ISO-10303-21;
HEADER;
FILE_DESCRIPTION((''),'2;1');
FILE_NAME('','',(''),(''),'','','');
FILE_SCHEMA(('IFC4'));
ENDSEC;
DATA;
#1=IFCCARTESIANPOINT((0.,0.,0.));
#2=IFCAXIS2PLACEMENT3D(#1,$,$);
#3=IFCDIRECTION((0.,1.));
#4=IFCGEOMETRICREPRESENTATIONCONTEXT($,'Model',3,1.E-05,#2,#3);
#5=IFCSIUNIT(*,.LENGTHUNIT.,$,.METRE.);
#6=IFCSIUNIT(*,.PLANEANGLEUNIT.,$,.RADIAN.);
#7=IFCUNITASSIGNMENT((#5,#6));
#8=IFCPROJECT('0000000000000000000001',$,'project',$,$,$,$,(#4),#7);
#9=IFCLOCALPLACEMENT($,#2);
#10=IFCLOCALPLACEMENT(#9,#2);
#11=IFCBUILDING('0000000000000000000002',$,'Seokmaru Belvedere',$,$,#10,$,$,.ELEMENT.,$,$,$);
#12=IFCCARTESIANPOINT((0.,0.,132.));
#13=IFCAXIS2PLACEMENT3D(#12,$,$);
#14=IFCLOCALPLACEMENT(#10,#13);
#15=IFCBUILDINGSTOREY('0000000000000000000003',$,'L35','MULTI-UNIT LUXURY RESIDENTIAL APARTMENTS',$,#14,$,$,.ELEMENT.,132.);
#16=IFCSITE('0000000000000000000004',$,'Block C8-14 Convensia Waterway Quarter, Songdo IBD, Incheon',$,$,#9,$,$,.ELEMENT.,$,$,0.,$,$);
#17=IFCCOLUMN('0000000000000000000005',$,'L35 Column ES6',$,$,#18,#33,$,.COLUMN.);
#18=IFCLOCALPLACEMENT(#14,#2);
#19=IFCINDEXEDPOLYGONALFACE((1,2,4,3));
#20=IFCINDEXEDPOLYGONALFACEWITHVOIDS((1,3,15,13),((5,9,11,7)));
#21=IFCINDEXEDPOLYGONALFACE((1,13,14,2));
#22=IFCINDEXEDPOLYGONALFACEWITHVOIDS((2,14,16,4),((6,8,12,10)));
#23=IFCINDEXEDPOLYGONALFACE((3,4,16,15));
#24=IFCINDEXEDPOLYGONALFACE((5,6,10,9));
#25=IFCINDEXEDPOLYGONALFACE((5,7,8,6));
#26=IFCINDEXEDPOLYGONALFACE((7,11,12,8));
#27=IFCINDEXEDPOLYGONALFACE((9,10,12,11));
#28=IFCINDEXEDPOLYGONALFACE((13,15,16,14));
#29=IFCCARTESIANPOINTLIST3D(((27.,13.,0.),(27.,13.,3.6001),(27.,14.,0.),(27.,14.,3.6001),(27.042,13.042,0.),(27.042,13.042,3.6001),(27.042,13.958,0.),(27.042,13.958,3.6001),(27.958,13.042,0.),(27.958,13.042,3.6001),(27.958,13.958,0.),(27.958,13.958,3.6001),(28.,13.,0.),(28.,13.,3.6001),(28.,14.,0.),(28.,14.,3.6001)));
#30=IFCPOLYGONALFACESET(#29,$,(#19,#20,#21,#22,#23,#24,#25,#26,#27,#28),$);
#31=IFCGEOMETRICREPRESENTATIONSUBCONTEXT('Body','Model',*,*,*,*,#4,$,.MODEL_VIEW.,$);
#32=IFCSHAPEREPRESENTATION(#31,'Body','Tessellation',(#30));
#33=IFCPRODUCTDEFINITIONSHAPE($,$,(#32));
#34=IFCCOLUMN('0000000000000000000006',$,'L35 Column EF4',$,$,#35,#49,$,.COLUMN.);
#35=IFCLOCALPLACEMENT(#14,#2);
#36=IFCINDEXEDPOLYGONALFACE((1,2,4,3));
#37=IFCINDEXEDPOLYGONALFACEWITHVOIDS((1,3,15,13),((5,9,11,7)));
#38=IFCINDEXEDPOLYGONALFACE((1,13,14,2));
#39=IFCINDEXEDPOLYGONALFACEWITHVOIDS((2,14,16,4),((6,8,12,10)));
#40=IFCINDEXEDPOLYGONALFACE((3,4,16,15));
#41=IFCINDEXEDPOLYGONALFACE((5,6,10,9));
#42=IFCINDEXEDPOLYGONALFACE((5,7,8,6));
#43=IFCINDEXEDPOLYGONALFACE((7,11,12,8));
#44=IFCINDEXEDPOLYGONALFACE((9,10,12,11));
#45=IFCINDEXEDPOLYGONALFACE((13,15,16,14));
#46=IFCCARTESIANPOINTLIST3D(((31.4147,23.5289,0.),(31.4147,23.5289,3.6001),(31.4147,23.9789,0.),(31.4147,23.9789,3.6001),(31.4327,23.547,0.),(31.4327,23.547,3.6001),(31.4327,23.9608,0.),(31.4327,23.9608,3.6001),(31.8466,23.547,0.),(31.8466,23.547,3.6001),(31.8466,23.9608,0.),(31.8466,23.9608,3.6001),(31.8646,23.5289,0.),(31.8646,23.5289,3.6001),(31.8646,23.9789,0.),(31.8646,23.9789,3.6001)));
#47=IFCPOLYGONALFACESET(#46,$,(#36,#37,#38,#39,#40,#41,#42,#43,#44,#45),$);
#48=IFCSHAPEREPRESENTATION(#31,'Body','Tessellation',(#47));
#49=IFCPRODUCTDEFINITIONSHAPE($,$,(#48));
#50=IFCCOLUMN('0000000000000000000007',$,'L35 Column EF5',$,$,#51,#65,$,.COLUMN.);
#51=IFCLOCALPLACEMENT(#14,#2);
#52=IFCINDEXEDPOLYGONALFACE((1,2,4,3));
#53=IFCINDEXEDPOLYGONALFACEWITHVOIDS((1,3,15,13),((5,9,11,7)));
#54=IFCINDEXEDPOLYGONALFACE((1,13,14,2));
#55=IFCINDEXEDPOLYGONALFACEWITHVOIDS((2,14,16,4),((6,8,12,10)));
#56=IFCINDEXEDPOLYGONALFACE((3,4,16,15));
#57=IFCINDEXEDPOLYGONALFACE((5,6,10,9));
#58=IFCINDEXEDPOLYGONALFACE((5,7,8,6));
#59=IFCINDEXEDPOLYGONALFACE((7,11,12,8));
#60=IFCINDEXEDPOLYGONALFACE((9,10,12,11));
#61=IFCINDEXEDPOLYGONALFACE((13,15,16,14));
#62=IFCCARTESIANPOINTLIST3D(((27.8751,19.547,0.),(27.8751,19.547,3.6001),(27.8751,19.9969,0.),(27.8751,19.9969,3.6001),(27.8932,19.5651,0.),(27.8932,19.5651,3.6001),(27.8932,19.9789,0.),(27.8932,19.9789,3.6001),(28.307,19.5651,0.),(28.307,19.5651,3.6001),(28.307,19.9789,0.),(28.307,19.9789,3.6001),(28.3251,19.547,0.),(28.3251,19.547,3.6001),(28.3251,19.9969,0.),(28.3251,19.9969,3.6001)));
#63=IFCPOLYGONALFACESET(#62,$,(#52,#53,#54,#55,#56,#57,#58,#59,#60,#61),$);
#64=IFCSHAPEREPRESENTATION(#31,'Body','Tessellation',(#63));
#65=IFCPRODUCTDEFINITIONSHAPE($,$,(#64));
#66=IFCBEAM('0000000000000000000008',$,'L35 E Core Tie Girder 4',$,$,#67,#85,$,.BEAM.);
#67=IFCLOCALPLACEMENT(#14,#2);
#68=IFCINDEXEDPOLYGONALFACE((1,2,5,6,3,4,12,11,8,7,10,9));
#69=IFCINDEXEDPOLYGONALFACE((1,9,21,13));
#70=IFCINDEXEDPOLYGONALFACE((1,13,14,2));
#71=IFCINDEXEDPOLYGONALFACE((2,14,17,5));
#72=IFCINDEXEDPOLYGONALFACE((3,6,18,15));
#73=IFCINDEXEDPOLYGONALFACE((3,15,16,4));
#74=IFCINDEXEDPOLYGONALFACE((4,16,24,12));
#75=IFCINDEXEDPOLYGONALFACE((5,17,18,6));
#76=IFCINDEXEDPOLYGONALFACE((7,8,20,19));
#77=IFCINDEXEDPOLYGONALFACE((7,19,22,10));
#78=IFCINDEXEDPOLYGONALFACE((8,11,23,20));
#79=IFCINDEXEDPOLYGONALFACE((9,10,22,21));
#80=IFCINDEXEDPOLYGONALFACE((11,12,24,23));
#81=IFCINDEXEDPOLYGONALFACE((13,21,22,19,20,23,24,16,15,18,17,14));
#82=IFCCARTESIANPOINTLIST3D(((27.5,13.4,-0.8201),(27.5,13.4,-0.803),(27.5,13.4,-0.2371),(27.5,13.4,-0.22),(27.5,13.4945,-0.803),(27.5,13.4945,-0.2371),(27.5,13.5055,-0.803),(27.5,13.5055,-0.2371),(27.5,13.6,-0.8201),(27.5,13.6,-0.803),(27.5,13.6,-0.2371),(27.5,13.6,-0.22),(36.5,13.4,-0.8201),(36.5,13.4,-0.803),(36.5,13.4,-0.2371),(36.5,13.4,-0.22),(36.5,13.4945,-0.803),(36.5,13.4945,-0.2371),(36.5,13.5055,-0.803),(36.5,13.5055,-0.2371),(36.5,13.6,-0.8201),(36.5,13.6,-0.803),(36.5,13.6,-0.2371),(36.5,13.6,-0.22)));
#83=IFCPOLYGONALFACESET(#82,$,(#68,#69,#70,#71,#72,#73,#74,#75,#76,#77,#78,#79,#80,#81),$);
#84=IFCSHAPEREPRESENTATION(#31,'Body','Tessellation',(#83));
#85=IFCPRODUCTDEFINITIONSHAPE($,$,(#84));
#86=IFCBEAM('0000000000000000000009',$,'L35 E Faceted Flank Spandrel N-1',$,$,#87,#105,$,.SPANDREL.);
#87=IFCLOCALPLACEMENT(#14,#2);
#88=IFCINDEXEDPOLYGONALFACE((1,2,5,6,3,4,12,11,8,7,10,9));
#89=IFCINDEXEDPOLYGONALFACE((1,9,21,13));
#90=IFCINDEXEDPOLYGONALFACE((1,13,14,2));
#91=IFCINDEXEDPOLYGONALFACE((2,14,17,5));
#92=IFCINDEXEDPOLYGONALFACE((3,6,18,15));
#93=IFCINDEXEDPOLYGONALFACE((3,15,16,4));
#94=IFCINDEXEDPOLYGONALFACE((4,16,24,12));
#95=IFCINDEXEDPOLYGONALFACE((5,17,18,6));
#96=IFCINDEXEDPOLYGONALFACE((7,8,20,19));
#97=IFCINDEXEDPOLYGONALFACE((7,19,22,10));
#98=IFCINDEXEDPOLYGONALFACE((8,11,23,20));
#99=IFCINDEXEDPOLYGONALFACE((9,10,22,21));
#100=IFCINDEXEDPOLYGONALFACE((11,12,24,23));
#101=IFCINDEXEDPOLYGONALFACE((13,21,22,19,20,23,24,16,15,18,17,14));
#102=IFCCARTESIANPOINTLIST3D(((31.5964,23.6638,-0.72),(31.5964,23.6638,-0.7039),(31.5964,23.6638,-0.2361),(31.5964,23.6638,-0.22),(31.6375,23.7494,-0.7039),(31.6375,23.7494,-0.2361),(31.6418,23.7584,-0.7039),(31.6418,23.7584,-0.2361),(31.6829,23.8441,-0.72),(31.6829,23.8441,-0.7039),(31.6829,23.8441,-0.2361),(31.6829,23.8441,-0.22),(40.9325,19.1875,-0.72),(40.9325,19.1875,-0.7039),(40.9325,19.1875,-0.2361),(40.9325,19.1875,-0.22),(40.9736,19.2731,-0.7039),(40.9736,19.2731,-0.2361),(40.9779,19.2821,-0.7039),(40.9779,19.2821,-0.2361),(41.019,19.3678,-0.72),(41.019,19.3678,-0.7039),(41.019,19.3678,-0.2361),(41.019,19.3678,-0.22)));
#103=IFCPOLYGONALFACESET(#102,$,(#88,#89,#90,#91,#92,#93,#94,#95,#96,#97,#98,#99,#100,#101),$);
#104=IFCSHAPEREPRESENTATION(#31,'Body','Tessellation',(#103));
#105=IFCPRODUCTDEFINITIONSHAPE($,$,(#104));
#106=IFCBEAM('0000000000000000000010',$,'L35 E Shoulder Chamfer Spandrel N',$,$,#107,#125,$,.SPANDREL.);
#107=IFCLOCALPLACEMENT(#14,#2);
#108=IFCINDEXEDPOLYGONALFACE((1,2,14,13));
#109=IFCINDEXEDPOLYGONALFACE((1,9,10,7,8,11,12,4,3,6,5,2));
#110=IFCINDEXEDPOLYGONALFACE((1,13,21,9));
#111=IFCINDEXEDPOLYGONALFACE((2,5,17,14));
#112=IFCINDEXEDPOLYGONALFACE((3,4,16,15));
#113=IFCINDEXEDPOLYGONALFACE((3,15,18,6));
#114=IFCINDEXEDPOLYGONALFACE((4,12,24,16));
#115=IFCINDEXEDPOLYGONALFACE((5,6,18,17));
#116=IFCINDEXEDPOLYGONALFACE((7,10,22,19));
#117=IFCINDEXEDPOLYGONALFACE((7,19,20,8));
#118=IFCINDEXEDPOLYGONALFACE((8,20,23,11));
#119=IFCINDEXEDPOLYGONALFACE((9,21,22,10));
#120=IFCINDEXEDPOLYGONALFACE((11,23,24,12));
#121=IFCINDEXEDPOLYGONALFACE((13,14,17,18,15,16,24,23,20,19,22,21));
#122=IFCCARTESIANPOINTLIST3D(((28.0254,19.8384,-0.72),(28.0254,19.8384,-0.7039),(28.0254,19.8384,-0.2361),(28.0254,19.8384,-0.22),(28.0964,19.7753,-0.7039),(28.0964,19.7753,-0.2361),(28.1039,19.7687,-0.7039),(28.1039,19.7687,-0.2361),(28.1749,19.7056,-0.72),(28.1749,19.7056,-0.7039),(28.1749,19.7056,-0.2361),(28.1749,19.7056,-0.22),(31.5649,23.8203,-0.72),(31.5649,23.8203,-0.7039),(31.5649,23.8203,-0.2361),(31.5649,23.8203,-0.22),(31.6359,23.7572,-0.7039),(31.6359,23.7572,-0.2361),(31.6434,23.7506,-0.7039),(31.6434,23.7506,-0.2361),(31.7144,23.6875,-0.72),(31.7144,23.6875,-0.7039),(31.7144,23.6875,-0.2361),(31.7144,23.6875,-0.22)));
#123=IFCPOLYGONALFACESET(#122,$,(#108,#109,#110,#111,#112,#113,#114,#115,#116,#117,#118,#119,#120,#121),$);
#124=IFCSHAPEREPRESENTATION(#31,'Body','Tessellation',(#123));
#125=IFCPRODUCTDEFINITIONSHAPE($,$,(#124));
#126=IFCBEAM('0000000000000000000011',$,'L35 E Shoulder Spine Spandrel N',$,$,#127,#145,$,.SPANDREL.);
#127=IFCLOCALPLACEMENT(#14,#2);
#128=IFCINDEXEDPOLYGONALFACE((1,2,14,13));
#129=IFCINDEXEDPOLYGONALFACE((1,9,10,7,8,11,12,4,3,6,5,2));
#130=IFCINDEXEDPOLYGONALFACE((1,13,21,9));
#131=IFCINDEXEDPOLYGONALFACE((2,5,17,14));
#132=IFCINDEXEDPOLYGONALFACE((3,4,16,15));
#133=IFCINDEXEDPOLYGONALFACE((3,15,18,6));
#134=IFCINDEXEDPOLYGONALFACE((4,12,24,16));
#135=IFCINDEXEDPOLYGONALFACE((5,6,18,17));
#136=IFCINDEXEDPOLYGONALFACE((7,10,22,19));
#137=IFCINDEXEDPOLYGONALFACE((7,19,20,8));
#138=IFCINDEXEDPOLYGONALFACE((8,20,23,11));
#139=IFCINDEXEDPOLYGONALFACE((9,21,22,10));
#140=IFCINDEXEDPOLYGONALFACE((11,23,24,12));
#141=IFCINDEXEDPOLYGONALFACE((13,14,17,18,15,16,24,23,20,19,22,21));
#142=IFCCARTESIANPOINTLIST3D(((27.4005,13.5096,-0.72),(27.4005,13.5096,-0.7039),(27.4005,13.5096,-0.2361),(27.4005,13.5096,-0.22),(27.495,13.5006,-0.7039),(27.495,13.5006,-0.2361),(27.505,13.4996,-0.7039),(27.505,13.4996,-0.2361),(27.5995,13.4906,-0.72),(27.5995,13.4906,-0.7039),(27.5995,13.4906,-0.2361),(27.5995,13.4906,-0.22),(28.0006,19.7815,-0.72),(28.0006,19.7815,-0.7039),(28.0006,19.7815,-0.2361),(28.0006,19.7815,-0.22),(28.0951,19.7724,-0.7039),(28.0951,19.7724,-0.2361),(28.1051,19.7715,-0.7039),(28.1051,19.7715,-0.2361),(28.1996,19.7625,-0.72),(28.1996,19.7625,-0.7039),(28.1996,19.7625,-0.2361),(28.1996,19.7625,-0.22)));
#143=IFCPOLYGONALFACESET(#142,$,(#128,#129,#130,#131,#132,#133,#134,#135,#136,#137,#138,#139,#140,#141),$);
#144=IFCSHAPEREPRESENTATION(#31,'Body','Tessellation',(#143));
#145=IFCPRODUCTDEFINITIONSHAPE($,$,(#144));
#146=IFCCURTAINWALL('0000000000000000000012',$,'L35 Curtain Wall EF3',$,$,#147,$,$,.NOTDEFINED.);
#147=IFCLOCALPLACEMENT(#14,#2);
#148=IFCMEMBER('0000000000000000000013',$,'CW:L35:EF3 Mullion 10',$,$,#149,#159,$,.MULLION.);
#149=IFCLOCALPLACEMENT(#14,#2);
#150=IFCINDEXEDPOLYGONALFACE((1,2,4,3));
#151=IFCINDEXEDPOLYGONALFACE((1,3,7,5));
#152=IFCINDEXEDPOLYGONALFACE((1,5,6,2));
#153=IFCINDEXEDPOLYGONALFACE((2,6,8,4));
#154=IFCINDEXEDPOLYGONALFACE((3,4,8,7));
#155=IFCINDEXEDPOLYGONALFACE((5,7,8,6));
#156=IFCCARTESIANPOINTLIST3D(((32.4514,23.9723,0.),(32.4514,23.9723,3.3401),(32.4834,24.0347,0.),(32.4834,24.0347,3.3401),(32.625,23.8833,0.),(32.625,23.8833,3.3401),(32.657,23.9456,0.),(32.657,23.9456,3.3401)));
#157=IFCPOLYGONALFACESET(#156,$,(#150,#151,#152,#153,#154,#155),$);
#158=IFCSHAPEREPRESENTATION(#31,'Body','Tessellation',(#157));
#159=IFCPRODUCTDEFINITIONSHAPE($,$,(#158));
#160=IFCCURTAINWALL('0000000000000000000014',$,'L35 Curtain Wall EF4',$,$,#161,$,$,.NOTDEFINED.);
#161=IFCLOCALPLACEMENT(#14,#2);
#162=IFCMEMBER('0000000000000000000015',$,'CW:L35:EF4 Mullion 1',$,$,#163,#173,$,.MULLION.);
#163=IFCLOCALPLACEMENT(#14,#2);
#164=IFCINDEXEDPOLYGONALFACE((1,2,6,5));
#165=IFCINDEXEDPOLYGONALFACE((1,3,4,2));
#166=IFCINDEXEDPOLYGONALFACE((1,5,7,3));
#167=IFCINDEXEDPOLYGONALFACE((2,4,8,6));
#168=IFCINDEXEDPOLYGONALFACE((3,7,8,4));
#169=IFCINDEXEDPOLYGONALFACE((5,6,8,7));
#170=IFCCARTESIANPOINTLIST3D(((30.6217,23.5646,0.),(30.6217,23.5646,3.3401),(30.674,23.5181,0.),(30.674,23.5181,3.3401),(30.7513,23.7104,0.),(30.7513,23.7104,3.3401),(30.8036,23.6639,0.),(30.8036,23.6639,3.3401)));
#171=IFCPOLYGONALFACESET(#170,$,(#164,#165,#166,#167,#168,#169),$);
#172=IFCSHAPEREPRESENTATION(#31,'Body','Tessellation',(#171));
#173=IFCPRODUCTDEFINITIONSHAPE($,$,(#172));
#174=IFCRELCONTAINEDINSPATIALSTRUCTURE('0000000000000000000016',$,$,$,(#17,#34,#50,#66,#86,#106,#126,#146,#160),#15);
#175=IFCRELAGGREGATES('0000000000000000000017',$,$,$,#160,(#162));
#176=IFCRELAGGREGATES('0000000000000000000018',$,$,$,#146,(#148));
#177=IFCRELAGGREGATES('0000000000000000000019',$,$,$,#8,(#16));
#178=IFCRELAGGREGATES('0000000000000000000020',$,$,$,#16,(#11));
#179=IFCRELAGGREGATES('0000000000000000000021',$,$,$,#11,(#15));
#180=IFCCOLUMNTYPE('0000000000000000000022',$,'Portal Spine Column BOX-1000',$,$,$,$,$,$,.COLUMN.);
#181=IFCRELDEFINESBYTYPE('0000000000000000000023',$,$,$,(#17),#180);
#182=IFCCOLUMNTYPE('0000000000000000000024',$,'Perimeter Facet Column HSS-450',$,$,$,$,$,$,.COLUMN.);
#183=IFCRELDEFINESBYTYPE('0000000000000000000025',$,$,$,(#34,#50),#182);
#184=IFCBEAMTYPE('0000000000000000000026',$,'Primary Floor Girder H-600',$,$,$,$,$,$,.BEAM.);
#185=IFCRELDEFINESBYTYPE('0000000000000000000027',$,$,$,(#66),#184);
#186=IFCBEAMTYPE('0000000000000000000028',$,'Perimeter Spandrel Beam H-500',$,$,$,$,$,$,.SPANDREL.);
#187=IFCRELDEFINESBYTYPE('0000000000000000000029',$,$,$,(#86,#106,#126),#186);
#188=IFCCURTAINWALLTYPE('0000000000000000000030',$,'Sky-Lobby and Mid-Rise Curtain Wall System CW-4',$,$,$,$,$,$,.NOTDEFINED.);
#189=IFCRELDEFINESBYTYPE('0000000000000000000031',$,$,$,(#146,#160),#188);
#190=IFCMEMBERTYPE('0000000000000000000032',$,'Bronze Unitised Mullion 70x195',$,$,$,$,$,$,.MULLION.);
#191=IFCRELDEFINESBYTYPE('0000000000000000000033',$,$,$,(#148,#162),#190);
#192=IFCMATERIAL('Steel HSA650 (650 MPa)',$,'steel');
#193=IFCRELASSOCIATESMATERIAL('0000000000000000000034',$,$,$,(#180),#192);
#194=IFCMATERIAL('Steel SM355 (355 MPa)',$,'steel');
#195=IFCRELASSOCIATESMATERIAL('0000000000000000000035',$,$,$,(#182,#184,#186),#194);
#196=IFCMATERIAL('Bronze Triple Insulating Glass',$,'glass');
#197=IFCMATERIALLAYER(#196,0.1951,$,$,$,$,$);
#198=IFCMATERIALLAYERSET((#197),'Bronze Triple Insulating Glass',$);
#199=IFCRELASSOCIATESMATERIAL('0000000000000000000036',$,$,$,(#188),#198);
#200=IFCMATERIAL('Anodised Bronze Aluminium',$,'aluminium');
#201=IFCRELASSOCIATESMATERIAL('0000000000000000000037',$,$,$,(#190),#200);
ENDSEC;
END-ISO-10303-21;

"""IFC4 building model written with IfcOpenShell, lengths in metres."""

from ifc_helpers import new_model, si_unit, direction, frame, origin, origin_2d, place, context, subcontext, project, spatial, rectangle, hollow_rectangle, i_section, extrude, source, transform, mapped, material, layer, layer_set, material_profile, profile_set, type_object, type_shapes, element, aggregate, save


model = new_model("IFC4")

# Units and contexts
model_context = context("Model", 3, precision=1e-05, world=origin(), true_north=direction((0.0, 1.0)))
body_context = subcontext(model_context, "Body", "Model", "MODEL_VIEW")
ifc_project = project(units=[si_unit("LENGTHUNIT", "METRE"), si_unit("PLANEANGLEUNIT", "RADIAN")], contexts=[model_context])

# Site, building, storey
site_placement = place(None, origin())
site = spatial("IfcSite", under=ifc_project, at=site_placement, Name="Block C8-14 Convensia Waterway Quarter, Songdo IBD, Incheon", CompositionType="ELEMENT", RefElevation=0.0)
building_placement = place(site_placement, origin())
building = spatial("IfcBuilding", under=site, at=building_placement, Name="Seokmaru Belvedere", CompositionType="ELEMENT")
storey_placement = place(building_placement, frame((0.0, 0.0, 132.0)))
storey = spatial("IfcBuildingStorey", under=building, at=storey_placement, Name="L35", Description="MULTI-UNIT LUXURY RESIDENTIAL APARTMENTS", CompositionType="ELEMENT", Elevation=132.0)

# Columns
ifc_material_1 = material(Name="Steel HSA650 (650 MPa)", Category="steel")
ifc_material_profile_1 = material_profile(ifc_material_1, hollow_rectangle(XDim=1.0, YDim=1.0, WallThickness=0.042, at=origin_2d()), Name="BOX-1000x1000x42")
ifc_profile_set_1 = profile_set([ifc_material_profile_1], Name="Steel HSA650 (650 MPa)")
column_type_1 = type_object("IfcColumnType", Name="Portal Spine Column BOX-1000", PredefinedType="COLUMN", material=ifc_profile_set_1)
shared_shape_1 = source(origin(), body_context, "Body", "SweptSolid", [
    extrude(hollow_rectangle(XDim=1.0, YDim=1.0, WallThickness=0.042, at=origin_2d()), origin(), (0.0, 0.0, 1.0), 3.6001),
])
type_shapes(column_type_1, [shared_shape_1])
column_placement = place(storey_placement, frame((27.5, 13.5, 0.0), z_axis=(0.0, 0.0, 1.0), x_axis=(1.0, 0.0, 0.0)))
element("IfcColumn", 1, at=column_placement, inside=storey, type_object=column_type_1, Name="L35 Column ES6", PredefinedType="COLUMN", context=body_context, shape_type="MappedRepresentation", body=[
    mapped(shared_shape_1, transform((0.0, 0.0, 0.0), scale=1.0)),
])
ifc_material_2 = material(Name="Steel SM355 (355 MPa)", Category="steel")
ifc_material_profile_2 = material_profile(ifc_material_2, hollow_rectangle(XDim=0.45, YDim=0.45, WallThickness=0.0181, at=origin_2d()), Name="HSS-450x450x18")
ifc_profile_set_2 = profile_set([ifc_material_profile_2], Name="Steel SM355 (355 MPa)")
column_type_2 = type_object("IfcColumnType", Name="Perimeter Facet Column HSS-450", PredefinedType="COLUMN", material=ifc_profile_set_2)
shared_shape_2 = source(origin(), body_context, "Body", "SweptSolid", [
    extrude(hollow_rectangle(XDim=0.45, YDim=0.45, WallThickness=0.0181, at=origin_2d()), origin(), (0.0, 0.0, 1.0), 3.6001),
])
type_shapes(column_type_2, [shared_shape_2])
for number, where, z_axis, x_axis, name in (
    (2, (31.6396, 23.7539, 0.0), (0.0, 0.0, 1.0), (1.0, 0.0, 0.0), "L35 Column EF4"),
    (3, (28.1001, 19.772, 0.0), (0.0, 0.0, 1.0), (1.0, 0.0, 0.0), "L35 Column EF5"),
):
    element("IfcColumn", number, at=place(storey_placement, frame(where, z_axis=z_axis, x_axis=x_axis)), inside=storey, type_object=column_type_2, Name=name, PredefinedType="COLUMN", context=body_context, shape_type="MappedRepresentation", body=[
        mapped(shared_shape_2, transform((0.0, 0.0, 0.0), scale=1.0)),
    ])

# Beams
ifc_material_profile_3 = material_profile(ifc_material_2, i_section(OverallWidth=0.2, OverallDepth=0.6001, WebThickness=0.011, FlangeThickness=0.0171, at=origin_2d()), Name="H-600x200x11x17")
ifc_profile_set_3 = profile_set([ifc_material_profile_3], Name="Steel SM355 (355 MPa)")
beam_type_1 = type_object("IfcBeamType", Name="Primary Floor Girder H-600", PredefinedType="BEAM", material=ifc_profile_set_3)
shared_shape_3 = source(origin(), body_context, "Body", "SweptSolid", [
    extrude(i_section(OverallWidth=0.2, OverallDepth=0.6001, WebThickness=0.011, FlangeThickness=0.0171, at=origin_2d()), origin(), (0.0, 0.0, 1.0), 9.0),
])
type_shapes(beam_type_1, [shared_shape_3])
beam_1_placement = place(storey_placement, frame((27.5, 13.5, -0.52), z_axis=(1.0, 0.0, 0.0), x_axis=(0.0, 1.0, 0.0)))
element("IfcBeam", 4, at=beam_1_placement, inside=storey, type_object=beam_type_1, Name="L35 E Core Tie Girder 4", PredefinedType="BEAM", context=body_context, shape_type="MappedRepresentation", body=[
    mapped(shared_shape_3, transform((0.0, 0.0, 0.0), scale=1.0)),
])
ifc_material_profile_4 = material_profile(ifc_material_2, i_section(OverallWidth=0.2, OverallDepth=0.5, WebThickness=0.01, FlangeThickness=0.0161, at=origin_2d()), Name="H-500x200x10x16")
ifc_profile_set_4 = profile_set([ifc_material_profile_4], Name="Steel SM355 (355 MPa)")
beam_type_2 = type_object("IfcBeamType", Name="Perimeter Spandrel Beam H-500", PredefinedType="SPANDREL", material=ifc_profile_set_4)
shared_shape_4 = source(origin(), body_context, "Body", "SweptSolid", [
    extrude(i_section(OverallWidth=0.2, OverallDepth=0.5, WebThickness=0.01, FlangeThickness=0.0161, at=origin_2d()), origin(), (0.0, 0.0, 1.0), 10.3538),
])
beam_2_placement = place(storey_placement, frame((31.6396, 23.7539, -0.47), z_axis=(0.901713, -0.432335, 0.0), x_axis=(0.432335, 0.901713, 0.0)))
element("IfcBeam", 5, at=beam_2_placement, inside=storey, type_object=beam_type_2, Name="L35 E Faceted Flank Spandrel N-1", PredefinedType="SPANDREL", context=body_context, shape_type="MappedRepresentation", body=[
    mapped(shared_shape_4, transform((0.0, 0.0, 0.0), scale=1.0)),
])
shared_shape_5 = source(origin(), body_context, "Body", "SweptSolid", [
    extrude(i_section(OverallWidth=0.2, OverallDepth=0.5, WebThickness=0.01, FlangeThickness=0.0161, at=origin_2d()), origin(), (0.0, 0.0, 1.0), 5.3276),
])
beam_3_placement = place(storey_placement, frame((31.6396, 23.7539, -0.47), z_axis=(-0.66437, -0.747404, 0.0), x_axis=(0.747404, -0.66437, 0.0)))
element("IfcBeam", 6, at=beam_3_placement, inside=storey, type_object=beam_type_2, Name="L35 E Shoulder Chamfer Spandrel N", PredefinedType="SPANDREL", context=body_context, shape_type="MappedRepresentation", body=[
    mapped(shared_shape_5, transform((0.0, 0.0, 0.0), scale=1.0)),
])
shared_shape_6 = source(origin(), body_context, "Body", "SweptSolid", [
    extrude(i_section(OverallWidth=0.2, OverallDepth=0.5, WebThickness=0.01, FlangeThickness=0.0161, at=origin_2d()), origin(), (0.0, 0.0, 1.0), 6.3005),
])
type_shapes(beam_type_2, [shared_shape_4, shared_shape_5, shared_shape_6])
beam_4_placement = place(storey_placement, frame((28.1001, 19.772, -0.47), z_axis=(-0.095244, -0.995454, 0.0), x_axis=(0.995454, -0.095244, 0.0)))
element("IfcBeam", 7, at=beam_4_placement, inside=storey, type_object=beam_type_2, Name="L35 E Shoulder Spine Spandrel N", PredefinedType="SPANDREL", context=body_context, shape_type="MappedRepresentation", body=[
    mapped(shared_shape_6, transform((0.0, 0.0, 0.0), scale=1.0)),
])

# Curtain wall, member
ifc_material_3 = material(Name="Bronze Triple Insulating Glass", Category="glass")
ifc_layer_1 = layer(ifc_material_3, 0.1951)
ifc_layer_set_1 = layer_set([ifc_layer_1], Name="Bronze Triple Insulating Glass")
curtain_wall_type = type_object("IfcCurtainWallType", Name="Sky-Lobby and Mid-Rise Curtain Wall System CW-4", PredefinedType="NOTDEFINED", material=ifc_layer_set_1)
curtain_wall_1_placement = place(storey_placement, origin())
curtain_wall_1 = element("IfcCurtainWall", 8, at=curtain_wall_1_placement, inside=storey, type_object=curtain_wall_type, Name="L35 Curtain Wall EF3", PredefinedType="NOTDEFINED")
ifc_material_4 = material(Name="Anodised Bronze Aluminium", Category="aluminium")
ifc_material_profile_5 = material_profile(ifc_material_4, rectangle(XDim=0.0701, YDim=0.1951, at=origin_2d()), Name="CW-M-70x195")
ifc_profile_set_5 = profile_set([ifc_material_profile_5], Name="Anodised Bronze Aluminium")
member_type_1 = type_object("IfcMemberType", Name="Bronze Unitised Mullion 70x195", PredefinedType="MULLION", material=ifc_profile_set_5)
shared_shape_7 = source(origin(), body_context, "Body", "SweptSolid", [
    extrude(rectangle(XDim=0.0701, YDim=0.1951, at=origin_2d()), origin(), (0.0, 0.0, 1.0), 3.3401),
])
type_shapes(member_type_1, [shared_shape_7])
member_1_placement = place(storey_placement, frame((32.5542, 23.959, 0.0), z_axis=(0.0, 0.0, 1.0), x_axis=(-0.456555, -0.889695, 0.0)))
member_1 = element("IfcMember", 9, at=member_1_placement, type_object=member_type_1, Name="CW:L35:EF3 Mullion 10", PredefinedType="MULLION", context=body_context, shape_type="MappedRepresentation", body=[
    mapped(shared_shape_7, transform((0.0, 0.0, 0.0), scale=1.0)),
])

# Curtain wall, member
curtain_wall_2_placement = place(storey_placement, origin())
curtain_wall_2 = element("IfcCurtainWall", 10, at=curtain_wall_2_placement, inside=storey, type_object=curtain_wall_type, Name="L35 Curtain Wall EF4", PredefinedType="NOTDEFINED")
member_2_placement = place(storey_placement, frame((30.7126, 23.6143, 0.0), z_axis=(0.0, 0.0, 1.0), x_axis=(0.74741, -0.664363, 0.0)))
member_2 = element("IfcMember", 11, at=member_2_placement, type_object=member_type_1, Name="CW:L35:EF4 Mullion 1", PredefinedType="MULLION", context=body_context, shape_type="MappedRepresentation", body=[
    mapped(shared_shape_7, transform((0.0, 0.0, 0.0), scale=1.0)),
])

aggregate(curtain_wall_2, [member_2])
aggregate(curtain_wall_1, [member_1])

save(model, "model.ifc")
